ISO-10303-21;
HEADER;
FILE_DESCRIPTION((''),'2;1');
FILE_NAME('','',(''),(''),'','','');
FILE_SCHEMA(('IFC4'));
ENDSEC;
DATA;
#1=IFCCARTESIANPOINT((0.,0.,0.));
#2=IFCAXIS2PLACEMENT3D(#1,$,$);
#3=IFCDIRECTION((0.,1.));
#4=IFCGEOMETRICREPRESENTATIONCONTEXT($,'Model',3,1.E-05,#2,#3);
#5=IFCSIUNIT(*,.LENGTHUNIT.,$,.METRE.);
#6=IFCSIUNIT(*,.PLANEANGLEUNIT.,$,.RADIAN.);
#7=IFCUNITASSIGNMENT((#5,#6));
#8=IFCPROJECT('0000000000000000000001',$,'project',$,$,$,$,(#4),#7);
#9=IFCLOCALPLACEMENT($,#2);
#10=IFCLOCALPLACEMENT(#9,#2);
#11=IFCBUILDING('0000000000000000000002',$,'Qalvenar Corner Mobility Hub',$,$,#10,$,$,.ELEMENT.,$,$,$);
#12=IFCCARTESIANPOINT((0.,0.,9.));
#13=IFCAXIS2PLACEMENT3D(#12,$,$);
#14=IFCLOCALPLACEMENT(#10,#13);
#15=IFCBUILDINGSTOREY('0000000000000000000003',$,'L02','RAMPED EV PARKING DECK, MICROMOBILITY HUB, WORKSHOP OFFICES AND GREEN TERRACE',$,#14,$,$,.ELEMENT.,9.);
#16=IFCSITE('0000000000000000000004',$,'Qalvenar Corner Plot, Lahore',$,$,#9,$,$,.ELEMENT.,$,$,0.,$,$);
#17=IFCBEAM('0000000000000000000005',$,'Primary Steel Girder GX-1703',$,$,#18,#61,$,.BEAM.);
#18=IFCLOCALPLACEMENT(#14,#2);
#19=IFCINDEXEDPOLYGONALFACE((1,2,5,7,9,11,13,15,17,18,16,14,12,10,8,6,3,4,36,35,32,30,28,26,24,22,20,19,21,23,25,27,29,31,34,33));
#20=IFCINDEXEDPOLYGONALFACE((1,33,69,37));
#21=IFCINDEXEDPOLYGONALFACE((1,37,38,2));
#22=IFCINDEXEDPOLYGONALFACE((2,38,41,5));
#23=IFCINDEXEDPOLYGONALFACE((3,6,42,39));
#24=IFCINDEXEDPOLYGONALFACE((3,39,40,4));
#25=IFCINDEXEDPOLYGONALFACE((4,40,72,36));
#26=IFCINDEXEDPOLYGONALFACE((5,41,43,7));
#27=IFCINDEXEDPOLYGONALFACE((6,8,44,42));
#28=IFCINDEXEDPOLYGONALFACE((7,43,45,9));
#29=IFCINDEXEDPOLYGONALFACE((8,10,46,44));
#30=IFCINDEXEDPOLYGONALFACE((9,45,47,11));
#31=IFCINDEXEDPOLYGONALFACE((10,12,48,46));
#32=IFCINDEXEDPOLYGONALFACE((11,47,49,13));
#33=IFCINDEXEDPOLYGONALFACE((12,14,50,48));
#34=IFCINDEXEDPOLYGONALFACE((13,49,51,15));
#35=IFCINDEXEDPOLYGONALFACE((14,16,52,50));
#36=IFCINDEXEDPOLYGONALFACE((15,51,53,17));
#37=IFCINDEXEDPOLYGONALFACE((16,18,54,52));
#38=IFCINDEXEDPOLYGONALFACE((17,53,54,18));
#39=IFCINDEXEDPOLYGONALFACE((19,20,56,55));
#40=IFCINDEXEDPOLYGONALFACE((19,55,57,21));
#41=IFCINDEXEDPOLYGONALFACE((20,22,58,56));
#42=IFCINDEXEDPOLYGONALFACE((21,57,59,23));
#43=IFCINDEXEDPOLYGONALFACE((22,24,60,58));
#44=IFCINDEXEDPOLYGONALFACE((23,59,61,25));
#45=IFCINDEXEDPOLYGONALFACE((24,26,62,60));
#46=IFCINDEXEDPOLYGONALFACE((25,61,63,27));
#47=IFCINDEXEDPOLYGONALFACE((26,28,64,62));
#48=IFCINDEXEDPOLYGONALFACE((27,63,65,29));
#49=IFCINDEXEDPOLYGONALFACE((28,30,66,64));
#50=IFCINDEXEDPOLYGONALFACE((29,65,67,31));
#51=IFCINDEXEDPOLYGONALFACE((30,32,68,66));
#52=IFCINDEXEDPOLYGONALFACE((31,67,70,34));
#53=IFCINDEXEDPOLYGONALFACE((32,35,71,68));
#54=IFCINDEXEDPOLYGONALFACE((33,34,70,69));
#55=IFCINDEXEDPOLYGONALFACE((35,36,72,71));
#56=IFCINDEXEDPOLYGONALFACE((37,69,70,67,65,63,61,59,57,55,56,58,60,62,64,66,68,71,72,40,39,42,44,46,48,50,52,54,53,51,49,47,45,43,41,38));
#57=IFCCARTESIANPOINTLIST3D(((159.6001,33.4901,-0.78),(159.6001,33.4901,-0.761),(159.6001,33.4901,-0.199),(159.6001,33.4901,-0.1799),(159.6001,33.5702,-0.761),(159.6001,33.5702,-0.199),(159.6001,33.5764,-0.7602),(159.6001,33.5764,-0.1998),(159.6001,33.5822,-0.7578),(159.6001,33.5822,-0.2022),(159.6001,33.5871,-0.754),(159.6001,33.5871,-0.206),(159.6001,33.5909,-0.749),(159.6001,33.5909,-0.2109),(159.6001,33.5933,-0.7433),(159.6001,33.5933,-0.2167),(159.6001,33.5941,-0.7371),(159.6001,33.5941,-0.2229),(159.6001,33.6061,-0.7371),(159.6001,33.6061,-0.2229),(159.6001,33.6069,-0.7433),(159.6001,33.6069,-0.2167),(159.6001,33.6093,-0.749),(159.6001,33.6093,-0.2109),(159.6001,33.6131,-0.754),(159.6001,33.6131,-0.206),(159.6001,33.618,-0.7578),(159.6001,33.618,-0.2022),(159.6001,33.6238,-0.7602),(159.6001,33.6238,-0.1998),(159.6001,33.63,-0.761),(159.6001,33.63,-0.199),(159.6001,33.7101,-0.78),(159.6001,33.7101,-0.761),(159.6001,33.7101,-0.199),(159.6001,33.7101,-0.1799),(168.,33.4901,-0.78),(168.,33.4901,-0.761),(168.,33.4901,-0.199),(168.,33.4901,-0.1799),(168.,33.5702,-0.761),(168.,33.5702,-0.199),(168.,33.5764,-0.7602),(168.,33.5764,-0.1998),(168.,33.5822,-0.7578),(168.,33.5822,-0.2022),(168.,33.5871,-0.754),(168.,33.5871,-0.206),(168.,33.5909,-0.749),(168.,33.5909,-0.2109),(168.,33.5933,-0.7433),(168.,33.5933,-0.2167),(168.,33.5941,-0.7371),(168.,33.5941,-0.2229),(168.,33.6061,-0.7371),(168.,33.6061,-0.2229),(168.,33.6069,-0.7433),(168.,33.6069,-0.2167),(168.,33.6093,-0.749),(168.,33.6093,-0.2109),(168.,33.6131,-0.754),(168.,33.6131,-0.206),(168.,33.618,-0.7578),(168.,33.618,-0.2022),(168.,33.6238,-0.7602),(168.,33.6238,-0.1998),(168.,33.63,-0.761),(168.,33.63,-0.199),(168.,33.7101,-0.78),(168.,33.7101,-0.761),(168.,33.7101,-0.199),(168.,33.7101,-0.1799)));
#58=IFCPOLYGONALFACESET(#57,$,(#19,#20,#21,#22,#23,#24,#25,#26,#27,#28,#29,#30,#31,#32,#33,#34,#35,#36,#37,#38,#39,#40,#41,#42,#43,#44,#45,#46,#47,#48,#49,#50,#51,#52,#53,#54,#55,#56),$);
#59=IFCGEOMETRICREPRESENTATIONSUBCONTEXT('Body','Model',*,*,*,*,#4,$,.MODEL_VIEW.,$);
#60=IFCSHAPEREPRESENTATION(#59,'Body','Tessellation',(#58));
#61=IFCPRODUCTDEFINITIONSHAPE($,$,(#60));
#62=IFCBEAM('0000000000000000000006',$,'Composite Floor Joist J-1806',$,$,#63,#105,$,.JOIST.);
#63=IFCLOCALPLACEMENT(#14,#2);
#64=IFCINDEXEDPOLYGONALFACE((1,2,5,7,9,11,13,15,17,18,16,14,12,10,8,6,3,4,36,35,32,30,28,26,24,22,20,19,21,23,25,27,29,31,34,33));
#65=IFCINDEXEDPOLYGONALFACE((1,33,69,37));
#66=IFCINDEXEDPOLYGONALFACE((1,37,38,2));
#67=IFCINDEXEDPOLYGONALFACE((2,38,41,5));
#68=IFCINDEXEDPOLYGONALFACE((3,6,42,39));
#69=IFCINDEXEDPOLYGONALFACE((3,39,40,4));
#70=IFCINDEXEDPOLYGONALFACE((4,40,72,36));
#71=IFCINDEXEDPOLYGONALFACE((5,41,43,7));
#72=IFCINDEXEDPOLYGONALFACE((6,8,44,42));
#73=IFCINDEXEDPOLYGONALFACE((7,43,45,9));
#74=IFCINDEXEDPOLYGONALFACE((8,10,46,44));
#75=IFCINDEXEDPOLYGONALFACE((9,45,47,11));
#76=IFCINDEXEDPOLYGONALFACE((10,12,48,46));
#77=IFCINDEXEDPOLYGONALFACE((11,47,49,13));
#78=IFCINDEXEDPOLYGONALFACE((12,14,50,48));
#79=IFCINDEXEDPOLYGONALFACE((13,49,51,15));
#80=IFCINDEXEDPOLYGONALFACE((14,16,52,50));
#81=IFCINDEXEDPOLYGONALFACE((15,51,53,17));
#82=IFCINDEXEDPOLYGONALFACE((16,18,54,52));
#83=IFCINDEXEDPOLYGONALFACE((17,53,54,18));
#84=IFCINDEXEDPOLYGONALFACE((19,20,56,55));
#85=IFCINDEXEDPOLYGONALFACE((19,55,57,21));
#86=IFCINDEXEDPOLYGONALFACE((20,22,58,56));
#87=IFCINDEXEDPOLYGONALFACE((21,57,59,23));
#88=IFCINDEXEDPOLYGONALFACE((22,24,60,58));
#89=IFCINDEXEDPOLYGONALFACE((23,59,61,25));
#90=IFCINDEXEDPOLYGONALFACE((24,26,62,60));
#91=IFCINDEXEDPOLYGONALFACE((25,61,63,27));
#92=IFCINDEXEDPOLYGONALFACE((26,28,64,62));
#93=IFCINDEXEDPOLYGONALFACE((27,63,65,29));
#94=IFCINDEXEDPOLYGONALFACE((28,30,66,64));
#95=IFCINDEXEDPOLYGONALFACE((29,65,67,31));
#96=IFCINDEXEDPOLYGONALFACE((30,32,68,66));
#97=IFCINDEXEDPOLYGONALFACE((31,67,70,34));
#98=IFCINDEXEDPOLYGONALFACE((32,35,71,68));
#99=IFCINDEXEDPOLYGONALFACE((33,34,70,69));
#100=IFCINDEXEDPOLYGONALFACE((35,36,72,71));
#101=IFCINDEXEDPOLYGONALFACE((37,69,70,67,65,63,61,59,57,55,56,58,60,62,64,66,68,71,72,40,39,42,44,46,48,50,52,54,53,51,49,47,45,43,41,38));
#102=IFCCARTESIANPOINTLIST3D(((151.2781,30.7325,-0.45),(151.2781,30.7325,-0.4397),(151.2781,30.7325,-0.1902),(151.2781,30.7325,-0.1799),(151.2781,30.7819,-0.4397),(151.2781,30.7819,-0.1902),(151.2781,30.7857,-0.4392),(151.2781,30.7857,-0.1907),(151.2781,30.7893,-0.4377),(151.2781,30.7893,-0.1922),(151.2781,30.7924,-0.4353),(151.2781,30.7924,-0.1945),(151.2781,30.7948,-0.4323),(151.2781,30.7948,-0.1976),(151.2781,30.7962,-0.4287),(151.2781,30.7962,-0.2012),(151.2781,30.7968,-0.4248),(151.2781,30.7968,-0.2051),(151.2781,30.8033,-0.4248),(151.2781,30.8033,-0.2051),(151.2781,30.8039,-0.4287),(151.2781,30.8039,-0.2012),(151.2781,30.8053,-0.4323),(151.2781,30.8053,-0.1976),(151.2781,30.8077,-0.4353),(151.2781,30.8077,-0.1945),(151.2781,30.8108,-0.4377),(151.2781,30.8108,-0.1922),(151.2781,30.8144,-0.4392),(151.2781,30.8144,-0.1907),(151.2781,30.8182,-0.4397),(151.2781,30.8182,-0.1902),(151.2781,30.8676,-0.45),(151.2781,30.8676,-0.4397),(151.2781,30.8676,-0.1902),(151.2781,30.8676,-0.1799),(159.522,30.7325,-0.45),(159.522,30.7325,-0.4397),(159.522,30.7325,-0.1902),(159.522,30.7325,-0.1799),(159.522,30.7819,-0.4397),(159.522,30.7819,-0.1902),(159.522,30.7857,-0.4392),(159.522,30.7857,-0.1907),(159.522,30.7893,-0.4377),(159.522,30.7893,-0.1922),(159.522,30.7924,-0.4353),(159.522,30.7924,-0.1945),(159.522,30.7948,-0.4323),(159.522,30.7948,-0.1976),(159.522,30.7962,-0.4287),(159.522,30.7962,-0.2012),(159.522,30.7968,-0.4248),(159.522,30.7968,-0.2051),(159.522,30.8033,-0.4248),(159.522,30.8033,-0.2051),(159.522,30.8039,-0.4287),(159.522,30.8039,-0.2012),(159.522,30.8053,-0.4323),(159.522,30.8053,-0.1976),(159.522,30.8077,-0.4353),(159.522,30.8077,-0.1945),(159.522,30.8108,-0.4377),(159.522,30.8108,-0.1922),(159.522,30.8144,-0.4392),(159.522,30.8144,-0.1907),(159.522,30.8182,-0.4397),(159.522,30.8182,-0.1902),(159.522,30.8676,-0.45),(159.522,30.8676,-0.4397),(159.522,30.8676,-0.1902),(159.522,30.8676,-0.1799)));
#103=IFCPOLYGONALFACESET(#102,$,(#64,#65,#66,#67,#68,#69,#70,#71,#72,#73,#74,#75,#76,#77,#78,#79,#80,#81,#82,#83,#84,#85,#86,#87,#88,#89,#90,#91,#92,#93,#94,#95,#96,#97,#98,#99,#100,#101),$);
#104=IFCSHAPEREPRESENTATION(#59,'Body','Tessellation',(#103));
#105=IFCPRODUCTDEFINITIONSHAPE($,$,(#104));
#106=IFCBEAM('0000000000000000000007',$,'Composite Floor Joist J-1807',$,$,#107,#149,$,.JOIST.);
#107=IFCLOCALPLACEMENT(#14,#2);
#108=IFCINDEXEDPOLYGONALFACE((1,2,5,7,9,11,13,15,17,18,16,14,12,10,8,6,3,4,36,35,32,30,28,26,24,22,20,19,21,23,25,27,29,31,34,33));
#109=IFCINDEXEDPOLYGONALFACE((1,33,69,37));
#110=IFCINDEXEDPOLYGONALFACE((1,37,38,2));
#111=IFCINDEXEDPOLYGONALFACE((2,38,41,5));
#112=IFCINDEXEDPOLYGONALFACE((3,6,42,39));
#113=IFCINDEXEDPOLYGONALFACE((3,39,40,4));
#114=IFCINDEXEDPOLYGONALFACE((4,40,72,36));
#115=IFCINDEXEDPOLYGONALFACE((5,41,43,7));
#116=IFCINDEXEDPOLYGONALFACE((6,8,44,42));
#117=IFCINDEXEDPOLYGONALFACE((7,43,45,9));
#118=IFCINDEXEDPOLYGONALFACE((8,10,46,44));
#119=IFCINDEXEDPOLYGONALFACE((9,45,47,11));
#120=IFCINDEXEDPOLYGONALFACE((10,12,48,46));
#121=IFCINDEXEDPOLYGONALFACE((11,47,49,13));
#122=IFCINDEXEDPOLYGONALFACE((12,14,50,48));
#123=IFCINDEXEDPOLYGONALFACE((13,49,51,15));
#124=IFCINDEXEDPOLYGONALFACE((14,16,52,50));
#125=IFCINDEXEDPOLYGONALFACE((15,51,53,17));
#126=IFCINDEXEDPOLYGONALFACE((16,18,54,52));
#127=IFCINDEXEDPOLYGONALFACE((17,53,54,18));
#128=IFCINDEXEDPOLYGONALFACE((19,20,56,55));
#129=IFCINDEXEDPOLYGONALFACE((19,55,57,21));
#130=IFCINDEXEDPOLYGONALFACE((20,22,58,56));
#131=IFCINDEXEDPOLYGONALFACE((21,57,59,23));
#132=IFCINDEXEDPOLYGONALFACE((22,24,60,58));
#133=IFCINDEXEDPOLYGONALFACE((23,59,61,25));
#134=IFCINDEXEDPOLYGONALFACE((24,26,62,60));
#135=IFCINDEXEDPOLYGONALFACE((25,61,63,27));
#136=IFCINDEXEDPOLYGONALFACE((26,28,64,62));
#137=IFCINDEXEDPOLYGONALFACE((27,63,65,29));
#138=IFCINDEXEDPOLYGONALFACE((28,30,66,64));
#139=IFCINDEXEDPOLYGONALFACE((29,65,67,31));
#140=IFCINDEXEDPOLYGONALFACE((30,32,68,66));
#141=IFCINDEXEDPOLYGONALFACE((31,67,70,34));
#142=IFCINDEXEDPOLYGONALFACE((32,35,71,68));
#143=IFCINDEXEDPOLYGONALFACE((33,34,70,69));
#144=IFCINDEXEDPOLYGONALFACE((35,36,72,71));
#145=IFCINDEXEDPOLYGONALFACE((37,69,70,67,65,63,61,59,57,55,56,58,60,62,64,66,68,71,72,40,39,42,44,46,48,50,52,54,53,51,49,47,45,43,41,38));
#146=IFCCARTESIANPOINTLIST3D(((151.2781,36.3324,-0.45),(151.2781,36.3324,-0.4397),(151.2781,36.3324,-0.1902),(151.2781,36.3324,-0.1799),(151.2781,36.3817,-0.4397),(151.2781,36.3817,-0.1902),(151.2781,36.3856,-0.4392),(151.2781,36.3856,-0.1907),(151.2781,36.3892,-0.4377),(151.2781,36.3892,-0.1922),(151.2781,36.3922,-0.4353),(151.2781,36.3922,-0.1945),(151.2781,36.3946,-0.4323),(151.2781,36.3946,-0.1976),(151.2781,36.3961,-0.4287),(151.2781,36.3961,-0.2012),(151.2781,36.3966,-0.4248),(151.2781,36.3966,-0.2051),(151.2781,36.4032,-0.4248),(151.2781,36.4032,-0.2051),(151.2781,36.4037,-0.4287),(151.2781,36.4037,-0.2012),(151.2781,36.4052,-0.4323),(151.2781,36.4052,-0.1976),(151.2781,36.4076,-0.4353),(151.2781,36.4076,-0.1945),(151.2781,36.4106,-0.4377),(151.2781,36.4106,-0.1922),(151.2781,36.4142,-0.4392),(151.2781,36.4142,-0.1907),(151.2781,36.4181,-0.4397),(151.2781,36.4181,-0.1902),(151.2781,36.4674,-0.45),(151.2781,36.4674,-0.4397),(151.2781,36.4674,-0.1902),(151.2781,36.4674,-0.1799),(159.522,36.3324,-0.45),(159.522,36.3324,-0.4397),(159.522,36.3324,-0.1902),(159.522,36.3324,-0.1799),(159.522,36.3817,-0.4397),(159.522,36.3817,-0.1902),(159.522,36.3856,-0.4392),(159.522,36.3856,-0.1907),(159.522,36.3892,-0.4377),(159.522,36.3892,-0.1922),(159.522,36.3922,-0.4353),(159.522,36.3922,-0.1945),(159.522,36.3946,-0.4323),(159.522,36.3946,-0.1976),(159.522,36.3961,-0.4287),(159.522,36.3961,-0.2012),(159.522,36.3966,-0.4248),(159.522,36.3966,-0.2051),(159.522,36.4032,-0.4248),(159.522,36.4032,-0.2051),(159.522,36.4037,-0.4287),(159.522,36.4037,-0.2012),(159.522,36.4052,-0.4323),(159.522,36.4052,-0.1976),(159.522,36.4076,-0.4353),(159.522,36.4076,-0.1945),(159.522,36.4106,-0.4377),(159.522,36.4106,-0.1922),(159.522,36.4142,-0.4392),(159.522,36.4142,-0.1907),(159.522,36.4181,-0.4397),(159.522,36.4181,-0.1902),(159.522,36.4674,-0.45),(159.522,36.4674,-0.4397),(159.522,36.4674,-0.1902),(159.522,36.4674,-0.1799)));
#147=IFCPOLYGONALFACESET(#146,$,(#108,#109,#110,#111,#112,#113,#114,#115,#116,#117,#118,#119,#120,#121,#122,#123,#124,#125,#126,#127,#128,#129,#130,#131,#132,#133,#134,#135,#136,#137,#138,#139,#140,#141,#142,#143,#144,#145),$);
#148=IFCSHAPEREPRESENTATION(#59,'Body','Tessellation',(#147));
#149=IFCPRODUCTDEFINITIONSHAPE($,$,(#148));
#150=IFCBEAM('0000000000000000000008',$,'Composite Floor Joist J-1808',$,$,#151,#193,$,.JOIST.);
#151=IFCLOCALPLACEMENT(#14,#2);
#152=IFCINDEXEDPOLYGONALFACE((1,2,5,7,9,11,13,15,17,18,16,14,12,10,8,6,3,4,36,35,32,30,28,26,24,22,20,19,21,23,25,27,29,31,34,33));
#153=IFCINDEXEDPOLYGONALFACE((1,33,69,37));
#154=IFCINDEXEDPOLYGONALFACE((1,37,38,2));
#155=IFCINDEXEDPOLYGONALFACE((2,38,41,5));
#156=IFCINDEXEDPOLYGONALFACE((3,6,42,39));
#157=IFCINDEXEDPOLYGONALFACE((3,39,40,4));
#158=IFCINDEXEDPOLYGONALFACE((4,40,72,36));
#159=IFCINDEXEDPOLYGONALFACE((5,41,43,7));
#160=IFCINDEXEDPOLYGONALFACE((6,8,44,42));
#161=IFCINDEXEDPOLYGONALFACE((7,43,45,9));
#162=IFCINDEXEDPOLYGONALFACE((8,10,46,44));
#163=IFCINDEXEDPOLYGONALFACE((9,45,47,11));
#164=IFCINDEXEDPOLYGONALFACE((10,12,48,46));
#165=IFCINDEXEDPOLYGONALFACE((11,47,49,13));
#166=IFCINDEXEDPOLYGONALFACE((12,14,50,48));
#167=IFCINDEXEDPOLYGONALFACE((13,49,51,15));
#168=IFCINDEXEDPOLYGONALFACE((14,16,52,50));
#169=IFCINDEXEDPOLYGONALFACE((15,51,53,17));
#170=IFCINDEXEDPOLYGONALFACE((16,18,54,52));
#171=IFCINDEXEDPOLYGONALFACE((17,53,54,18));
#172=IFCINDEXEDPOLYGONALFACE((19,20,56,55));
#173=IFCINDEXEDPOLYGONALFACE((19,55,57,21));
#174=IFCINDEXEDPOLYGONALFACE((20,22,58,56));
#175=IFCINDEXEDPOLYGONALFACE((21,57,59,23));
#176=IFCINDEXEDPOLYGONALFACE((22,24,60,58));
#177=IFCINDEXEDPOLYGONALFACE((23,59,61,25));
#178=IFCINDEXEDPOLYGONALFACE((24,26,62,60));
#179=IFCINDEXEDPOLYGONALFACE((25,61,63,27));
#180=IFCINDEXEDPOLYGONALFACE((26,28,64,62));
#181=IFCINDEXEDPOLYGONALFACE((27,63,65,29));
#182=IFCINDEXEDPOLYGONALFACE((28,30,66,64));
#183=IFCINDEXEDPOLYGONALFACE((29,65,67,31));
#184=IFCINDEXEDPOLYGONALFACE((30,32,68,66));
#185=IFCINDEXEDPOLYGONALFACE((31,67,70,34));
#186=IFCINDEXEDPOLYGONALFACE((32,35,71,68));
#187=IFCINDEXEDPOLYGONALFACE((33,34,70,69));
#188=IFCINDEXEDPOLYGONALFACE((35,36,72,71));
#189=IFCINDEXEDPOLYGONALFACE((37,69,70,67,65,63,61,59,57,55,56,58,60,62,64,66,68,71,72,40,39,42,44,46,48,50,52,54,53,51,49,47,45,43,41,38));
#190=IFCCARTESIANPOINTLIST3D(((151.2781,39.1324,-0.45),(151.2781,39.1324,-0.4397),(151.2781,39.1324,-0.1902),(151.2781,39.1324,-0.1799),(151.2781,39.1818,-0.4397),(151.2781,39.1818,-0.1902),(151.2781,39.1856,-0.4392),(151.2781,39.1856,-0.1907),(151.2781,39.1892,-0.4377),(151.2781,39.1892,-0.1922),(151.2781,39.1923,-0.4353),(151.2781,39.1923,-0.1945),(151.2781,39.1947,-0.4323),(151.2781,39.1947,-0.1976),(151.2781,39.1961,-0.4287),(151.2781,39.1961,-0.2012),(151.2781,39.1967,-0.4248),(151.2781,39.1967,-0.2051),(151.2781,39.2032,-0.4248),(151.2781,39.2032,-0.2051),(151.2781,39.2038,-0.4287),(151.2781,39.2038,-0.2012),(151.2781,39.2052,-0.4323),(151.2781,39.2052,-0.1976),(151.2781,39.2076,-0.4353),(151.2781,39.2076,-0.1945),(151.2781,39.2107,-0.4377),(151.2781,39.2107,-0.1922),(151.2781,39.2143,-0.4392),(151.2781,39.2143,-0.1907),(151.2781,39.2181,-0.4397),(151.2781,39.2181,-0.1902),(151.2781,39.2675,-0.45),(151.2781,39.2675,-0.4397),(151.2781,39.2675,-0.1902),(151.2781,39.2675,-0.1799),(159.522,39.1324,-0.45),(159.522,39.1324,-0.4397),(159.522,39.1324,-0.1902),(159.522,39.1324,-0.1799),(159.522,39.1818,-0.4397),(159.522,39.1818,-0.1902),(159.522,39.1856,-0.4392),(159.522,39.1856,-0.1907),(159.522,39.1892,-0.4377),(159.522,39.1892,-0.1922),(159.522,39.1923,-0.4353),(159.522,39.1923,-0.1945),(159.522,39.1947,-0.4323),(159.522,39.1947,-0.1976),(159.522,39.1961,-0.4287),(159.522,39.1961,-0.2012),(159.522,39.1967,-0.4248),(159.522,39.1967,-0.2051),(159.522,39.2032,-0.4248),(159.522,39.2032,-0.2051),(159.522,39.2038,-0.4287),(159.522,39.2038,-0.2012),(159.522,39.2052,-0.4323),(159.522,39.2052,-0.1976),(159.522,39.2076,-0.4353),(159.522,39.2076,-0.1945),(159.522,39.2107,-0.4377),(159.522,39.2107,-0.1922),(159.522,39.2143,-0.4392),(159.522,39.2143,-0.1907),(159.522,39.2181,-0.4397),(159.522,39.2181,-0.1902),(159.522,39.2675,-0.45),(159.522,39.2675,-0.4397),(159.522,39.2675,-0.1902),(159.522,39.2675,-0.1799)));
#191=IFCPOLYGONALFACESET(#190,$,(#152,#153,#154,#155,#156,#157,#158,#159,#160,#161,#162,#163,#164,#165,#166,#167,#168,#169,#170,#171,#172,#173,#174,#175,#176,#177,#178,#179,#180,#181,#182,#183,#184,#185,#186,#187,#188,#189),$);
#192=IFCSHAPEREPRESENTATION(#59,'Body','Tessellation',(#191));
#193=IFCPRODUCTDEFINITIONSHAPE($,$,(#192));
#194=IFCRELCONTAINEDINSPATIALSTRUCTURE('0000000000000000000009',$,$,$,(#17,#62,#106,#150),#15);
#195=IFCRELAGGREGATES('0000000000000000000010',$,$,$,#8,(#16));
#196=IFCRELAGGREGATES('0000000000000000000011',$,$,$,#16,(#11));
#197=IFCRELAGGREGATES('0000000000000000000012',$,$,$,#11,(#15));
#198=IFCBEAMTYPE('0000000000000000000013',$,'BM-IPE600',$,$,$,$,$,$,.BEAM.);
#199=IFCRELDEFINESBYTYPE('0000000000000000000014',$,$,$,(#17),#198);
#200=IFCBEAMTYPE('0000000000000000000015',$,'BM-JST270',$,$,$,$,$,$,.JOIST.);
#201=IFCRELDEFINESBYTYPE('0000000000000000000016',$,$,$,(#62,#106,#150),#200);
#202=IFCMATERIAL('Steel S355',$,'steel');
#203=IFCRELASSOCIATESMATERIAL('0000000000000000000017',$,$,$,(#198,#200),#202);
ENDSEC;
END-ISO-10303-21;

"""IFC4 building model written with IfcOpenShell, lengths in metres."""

from ifc_helpers import new_model, si_unit, direction, frame, origin, origin_2d, place, context, subcontext, project, spatial, i_section, extrude, material, material_profile, profile_set, type_object, element, save


model = new_model("IFC4")

# Units and contexts
model_context = context("Model", 3, precision=1e-05, world=origin(), true_north=direction((0.0, 1.0)))
body_context = subcontext(model_context, "Body", "Model", "MODEL_VIEW")
ifc_project = project(units=[si_unit("LENGTHUNIT", "METRE"), si_unit("PLANEANGLEUNIT", "RADIAN")], contexts=[model_context])

# Site, building, storey
site_placement = place(None, origin())
site = spatial("IfcSite", under=ifc_project, at=site_placement, Name="Qalvenar Corner Plot, Lahore", CompositionType="ELEMENT", RefElevation=0.0)
building_placement = place(site_placement, origin())
building = spatial("IfcBuilding", under=site, at=building_placement, Name="Qalvenar Corner Mobility Hub", CompositionType="ELEMENT")
storey_placement = place(building_placement, frame((0.0, 0.0, 9.0)))
storey = spatial("IfcBuildingStorey", under=building, at=storey_placement, Name="L02", Description="RAMPED EV PARKING DECK, MICROMOBILITY HUB, WORKSHOP OFFICES AND GREEN TERRACE", CompositionType="ELEMENT", Elevation=9.0)

# Shared definitions
ifc_material_1 = material(Name="Steel S355", Category="steel")

# Beams
ifc_material_profile_1 = material_profile(ifc_material_1, i_section(OverallWidth=0.22, OverallDepth=0.6001, WebThickness=0.012, FlangeThickness=0.019, FilletRadius=0.0239, at=origin_2d()), Name="IPE600")
ifc_profile_set_1 = profile_set([ifc_material_profile_1], Name="Steel S355")
beam_type_1 = type_object("IfcBeamType", Name="BM-IPE600", PredefinedType="BEAM", material=ifc_profile_set_1)
beam_1_placement = place(storey_placement, frame((159.6001, 33.6001, -0.48), z_axis=(1.0, 0.0, 0.0), x_axis=(0.0, 1.0, 0.0)))
element("IfcBeam", 1, at=beam_1_placement, inside=storey, type_object=beam_type_1, Name="Primary Steel Girder GX-1703", PredefinedType="BEAM", context=body_context, shape_type="SweptSolid", body=[
    extrude(i_section(OverallWidth=0.22, OverallDepth=0.6001, WebThickness=0.012, FlangeThickness=0.019, FilletRadius=0.0239, at=origin_2d()), origin(), (0.0, 0.0, 1.0), 8.3999),
])
ifc_material_profile_2 = material_profile(ifc_material_1, i_section(OverallWidth=0.135, OverallDepth=0.27, WebThickness=0.0066, FlangeThickness=0.0103, FilletRadius=0.0149, at=origin_2d()), Name="IPE270")
ifc_profile_set_2 = profile_set([ifc_material_profile_2], Name="Steel S355")
beam_type_2 = type_object("IfcBeamType", Name="BM-JST270", PredefinedType="JOIST", material=ifc_profile_set_2)
for number, where, z_axis, x_axis, name in (
    (2, (151.2781, 30.8, -0.3149), (1.0, 0.0, 0.0), (0.0, 1.0, 0.0), "Composite Floor Joist J-1806"),
    (3, (151.2781, 36.3999, -0.3149), (1.0, 0.0, 0.0), (0.0, 1.0, 0.0), "Composite Floor Joist J-1807"),
    (4, (151.2781, 39.2, -0.3149), (1.0, 0.0, 0.0), (0.0, 1.0, 0.0), "Composite Floor Joist J-1808"),
):
    element("IfcBeam", number, at=place(storey_placement, frame(where, z_axis=z_axis, x_axis=x_axis)), inside=storey, type_object=beam_type_2, Name=name, PredefinedType="JOIST", context=body_context, shape_type="SweptSolid", body=[
        extrude(i_section(OverallWidth=0.135, OverallDepth=0.27, WebThickness=0.0066, FlangeThickness=0.0103, FilletRadius=0.0149, at=origin_2d()), origin(), (0.0, 0.0, 1.0), 8.2439),
    ])

save(model, "model.ifc")
